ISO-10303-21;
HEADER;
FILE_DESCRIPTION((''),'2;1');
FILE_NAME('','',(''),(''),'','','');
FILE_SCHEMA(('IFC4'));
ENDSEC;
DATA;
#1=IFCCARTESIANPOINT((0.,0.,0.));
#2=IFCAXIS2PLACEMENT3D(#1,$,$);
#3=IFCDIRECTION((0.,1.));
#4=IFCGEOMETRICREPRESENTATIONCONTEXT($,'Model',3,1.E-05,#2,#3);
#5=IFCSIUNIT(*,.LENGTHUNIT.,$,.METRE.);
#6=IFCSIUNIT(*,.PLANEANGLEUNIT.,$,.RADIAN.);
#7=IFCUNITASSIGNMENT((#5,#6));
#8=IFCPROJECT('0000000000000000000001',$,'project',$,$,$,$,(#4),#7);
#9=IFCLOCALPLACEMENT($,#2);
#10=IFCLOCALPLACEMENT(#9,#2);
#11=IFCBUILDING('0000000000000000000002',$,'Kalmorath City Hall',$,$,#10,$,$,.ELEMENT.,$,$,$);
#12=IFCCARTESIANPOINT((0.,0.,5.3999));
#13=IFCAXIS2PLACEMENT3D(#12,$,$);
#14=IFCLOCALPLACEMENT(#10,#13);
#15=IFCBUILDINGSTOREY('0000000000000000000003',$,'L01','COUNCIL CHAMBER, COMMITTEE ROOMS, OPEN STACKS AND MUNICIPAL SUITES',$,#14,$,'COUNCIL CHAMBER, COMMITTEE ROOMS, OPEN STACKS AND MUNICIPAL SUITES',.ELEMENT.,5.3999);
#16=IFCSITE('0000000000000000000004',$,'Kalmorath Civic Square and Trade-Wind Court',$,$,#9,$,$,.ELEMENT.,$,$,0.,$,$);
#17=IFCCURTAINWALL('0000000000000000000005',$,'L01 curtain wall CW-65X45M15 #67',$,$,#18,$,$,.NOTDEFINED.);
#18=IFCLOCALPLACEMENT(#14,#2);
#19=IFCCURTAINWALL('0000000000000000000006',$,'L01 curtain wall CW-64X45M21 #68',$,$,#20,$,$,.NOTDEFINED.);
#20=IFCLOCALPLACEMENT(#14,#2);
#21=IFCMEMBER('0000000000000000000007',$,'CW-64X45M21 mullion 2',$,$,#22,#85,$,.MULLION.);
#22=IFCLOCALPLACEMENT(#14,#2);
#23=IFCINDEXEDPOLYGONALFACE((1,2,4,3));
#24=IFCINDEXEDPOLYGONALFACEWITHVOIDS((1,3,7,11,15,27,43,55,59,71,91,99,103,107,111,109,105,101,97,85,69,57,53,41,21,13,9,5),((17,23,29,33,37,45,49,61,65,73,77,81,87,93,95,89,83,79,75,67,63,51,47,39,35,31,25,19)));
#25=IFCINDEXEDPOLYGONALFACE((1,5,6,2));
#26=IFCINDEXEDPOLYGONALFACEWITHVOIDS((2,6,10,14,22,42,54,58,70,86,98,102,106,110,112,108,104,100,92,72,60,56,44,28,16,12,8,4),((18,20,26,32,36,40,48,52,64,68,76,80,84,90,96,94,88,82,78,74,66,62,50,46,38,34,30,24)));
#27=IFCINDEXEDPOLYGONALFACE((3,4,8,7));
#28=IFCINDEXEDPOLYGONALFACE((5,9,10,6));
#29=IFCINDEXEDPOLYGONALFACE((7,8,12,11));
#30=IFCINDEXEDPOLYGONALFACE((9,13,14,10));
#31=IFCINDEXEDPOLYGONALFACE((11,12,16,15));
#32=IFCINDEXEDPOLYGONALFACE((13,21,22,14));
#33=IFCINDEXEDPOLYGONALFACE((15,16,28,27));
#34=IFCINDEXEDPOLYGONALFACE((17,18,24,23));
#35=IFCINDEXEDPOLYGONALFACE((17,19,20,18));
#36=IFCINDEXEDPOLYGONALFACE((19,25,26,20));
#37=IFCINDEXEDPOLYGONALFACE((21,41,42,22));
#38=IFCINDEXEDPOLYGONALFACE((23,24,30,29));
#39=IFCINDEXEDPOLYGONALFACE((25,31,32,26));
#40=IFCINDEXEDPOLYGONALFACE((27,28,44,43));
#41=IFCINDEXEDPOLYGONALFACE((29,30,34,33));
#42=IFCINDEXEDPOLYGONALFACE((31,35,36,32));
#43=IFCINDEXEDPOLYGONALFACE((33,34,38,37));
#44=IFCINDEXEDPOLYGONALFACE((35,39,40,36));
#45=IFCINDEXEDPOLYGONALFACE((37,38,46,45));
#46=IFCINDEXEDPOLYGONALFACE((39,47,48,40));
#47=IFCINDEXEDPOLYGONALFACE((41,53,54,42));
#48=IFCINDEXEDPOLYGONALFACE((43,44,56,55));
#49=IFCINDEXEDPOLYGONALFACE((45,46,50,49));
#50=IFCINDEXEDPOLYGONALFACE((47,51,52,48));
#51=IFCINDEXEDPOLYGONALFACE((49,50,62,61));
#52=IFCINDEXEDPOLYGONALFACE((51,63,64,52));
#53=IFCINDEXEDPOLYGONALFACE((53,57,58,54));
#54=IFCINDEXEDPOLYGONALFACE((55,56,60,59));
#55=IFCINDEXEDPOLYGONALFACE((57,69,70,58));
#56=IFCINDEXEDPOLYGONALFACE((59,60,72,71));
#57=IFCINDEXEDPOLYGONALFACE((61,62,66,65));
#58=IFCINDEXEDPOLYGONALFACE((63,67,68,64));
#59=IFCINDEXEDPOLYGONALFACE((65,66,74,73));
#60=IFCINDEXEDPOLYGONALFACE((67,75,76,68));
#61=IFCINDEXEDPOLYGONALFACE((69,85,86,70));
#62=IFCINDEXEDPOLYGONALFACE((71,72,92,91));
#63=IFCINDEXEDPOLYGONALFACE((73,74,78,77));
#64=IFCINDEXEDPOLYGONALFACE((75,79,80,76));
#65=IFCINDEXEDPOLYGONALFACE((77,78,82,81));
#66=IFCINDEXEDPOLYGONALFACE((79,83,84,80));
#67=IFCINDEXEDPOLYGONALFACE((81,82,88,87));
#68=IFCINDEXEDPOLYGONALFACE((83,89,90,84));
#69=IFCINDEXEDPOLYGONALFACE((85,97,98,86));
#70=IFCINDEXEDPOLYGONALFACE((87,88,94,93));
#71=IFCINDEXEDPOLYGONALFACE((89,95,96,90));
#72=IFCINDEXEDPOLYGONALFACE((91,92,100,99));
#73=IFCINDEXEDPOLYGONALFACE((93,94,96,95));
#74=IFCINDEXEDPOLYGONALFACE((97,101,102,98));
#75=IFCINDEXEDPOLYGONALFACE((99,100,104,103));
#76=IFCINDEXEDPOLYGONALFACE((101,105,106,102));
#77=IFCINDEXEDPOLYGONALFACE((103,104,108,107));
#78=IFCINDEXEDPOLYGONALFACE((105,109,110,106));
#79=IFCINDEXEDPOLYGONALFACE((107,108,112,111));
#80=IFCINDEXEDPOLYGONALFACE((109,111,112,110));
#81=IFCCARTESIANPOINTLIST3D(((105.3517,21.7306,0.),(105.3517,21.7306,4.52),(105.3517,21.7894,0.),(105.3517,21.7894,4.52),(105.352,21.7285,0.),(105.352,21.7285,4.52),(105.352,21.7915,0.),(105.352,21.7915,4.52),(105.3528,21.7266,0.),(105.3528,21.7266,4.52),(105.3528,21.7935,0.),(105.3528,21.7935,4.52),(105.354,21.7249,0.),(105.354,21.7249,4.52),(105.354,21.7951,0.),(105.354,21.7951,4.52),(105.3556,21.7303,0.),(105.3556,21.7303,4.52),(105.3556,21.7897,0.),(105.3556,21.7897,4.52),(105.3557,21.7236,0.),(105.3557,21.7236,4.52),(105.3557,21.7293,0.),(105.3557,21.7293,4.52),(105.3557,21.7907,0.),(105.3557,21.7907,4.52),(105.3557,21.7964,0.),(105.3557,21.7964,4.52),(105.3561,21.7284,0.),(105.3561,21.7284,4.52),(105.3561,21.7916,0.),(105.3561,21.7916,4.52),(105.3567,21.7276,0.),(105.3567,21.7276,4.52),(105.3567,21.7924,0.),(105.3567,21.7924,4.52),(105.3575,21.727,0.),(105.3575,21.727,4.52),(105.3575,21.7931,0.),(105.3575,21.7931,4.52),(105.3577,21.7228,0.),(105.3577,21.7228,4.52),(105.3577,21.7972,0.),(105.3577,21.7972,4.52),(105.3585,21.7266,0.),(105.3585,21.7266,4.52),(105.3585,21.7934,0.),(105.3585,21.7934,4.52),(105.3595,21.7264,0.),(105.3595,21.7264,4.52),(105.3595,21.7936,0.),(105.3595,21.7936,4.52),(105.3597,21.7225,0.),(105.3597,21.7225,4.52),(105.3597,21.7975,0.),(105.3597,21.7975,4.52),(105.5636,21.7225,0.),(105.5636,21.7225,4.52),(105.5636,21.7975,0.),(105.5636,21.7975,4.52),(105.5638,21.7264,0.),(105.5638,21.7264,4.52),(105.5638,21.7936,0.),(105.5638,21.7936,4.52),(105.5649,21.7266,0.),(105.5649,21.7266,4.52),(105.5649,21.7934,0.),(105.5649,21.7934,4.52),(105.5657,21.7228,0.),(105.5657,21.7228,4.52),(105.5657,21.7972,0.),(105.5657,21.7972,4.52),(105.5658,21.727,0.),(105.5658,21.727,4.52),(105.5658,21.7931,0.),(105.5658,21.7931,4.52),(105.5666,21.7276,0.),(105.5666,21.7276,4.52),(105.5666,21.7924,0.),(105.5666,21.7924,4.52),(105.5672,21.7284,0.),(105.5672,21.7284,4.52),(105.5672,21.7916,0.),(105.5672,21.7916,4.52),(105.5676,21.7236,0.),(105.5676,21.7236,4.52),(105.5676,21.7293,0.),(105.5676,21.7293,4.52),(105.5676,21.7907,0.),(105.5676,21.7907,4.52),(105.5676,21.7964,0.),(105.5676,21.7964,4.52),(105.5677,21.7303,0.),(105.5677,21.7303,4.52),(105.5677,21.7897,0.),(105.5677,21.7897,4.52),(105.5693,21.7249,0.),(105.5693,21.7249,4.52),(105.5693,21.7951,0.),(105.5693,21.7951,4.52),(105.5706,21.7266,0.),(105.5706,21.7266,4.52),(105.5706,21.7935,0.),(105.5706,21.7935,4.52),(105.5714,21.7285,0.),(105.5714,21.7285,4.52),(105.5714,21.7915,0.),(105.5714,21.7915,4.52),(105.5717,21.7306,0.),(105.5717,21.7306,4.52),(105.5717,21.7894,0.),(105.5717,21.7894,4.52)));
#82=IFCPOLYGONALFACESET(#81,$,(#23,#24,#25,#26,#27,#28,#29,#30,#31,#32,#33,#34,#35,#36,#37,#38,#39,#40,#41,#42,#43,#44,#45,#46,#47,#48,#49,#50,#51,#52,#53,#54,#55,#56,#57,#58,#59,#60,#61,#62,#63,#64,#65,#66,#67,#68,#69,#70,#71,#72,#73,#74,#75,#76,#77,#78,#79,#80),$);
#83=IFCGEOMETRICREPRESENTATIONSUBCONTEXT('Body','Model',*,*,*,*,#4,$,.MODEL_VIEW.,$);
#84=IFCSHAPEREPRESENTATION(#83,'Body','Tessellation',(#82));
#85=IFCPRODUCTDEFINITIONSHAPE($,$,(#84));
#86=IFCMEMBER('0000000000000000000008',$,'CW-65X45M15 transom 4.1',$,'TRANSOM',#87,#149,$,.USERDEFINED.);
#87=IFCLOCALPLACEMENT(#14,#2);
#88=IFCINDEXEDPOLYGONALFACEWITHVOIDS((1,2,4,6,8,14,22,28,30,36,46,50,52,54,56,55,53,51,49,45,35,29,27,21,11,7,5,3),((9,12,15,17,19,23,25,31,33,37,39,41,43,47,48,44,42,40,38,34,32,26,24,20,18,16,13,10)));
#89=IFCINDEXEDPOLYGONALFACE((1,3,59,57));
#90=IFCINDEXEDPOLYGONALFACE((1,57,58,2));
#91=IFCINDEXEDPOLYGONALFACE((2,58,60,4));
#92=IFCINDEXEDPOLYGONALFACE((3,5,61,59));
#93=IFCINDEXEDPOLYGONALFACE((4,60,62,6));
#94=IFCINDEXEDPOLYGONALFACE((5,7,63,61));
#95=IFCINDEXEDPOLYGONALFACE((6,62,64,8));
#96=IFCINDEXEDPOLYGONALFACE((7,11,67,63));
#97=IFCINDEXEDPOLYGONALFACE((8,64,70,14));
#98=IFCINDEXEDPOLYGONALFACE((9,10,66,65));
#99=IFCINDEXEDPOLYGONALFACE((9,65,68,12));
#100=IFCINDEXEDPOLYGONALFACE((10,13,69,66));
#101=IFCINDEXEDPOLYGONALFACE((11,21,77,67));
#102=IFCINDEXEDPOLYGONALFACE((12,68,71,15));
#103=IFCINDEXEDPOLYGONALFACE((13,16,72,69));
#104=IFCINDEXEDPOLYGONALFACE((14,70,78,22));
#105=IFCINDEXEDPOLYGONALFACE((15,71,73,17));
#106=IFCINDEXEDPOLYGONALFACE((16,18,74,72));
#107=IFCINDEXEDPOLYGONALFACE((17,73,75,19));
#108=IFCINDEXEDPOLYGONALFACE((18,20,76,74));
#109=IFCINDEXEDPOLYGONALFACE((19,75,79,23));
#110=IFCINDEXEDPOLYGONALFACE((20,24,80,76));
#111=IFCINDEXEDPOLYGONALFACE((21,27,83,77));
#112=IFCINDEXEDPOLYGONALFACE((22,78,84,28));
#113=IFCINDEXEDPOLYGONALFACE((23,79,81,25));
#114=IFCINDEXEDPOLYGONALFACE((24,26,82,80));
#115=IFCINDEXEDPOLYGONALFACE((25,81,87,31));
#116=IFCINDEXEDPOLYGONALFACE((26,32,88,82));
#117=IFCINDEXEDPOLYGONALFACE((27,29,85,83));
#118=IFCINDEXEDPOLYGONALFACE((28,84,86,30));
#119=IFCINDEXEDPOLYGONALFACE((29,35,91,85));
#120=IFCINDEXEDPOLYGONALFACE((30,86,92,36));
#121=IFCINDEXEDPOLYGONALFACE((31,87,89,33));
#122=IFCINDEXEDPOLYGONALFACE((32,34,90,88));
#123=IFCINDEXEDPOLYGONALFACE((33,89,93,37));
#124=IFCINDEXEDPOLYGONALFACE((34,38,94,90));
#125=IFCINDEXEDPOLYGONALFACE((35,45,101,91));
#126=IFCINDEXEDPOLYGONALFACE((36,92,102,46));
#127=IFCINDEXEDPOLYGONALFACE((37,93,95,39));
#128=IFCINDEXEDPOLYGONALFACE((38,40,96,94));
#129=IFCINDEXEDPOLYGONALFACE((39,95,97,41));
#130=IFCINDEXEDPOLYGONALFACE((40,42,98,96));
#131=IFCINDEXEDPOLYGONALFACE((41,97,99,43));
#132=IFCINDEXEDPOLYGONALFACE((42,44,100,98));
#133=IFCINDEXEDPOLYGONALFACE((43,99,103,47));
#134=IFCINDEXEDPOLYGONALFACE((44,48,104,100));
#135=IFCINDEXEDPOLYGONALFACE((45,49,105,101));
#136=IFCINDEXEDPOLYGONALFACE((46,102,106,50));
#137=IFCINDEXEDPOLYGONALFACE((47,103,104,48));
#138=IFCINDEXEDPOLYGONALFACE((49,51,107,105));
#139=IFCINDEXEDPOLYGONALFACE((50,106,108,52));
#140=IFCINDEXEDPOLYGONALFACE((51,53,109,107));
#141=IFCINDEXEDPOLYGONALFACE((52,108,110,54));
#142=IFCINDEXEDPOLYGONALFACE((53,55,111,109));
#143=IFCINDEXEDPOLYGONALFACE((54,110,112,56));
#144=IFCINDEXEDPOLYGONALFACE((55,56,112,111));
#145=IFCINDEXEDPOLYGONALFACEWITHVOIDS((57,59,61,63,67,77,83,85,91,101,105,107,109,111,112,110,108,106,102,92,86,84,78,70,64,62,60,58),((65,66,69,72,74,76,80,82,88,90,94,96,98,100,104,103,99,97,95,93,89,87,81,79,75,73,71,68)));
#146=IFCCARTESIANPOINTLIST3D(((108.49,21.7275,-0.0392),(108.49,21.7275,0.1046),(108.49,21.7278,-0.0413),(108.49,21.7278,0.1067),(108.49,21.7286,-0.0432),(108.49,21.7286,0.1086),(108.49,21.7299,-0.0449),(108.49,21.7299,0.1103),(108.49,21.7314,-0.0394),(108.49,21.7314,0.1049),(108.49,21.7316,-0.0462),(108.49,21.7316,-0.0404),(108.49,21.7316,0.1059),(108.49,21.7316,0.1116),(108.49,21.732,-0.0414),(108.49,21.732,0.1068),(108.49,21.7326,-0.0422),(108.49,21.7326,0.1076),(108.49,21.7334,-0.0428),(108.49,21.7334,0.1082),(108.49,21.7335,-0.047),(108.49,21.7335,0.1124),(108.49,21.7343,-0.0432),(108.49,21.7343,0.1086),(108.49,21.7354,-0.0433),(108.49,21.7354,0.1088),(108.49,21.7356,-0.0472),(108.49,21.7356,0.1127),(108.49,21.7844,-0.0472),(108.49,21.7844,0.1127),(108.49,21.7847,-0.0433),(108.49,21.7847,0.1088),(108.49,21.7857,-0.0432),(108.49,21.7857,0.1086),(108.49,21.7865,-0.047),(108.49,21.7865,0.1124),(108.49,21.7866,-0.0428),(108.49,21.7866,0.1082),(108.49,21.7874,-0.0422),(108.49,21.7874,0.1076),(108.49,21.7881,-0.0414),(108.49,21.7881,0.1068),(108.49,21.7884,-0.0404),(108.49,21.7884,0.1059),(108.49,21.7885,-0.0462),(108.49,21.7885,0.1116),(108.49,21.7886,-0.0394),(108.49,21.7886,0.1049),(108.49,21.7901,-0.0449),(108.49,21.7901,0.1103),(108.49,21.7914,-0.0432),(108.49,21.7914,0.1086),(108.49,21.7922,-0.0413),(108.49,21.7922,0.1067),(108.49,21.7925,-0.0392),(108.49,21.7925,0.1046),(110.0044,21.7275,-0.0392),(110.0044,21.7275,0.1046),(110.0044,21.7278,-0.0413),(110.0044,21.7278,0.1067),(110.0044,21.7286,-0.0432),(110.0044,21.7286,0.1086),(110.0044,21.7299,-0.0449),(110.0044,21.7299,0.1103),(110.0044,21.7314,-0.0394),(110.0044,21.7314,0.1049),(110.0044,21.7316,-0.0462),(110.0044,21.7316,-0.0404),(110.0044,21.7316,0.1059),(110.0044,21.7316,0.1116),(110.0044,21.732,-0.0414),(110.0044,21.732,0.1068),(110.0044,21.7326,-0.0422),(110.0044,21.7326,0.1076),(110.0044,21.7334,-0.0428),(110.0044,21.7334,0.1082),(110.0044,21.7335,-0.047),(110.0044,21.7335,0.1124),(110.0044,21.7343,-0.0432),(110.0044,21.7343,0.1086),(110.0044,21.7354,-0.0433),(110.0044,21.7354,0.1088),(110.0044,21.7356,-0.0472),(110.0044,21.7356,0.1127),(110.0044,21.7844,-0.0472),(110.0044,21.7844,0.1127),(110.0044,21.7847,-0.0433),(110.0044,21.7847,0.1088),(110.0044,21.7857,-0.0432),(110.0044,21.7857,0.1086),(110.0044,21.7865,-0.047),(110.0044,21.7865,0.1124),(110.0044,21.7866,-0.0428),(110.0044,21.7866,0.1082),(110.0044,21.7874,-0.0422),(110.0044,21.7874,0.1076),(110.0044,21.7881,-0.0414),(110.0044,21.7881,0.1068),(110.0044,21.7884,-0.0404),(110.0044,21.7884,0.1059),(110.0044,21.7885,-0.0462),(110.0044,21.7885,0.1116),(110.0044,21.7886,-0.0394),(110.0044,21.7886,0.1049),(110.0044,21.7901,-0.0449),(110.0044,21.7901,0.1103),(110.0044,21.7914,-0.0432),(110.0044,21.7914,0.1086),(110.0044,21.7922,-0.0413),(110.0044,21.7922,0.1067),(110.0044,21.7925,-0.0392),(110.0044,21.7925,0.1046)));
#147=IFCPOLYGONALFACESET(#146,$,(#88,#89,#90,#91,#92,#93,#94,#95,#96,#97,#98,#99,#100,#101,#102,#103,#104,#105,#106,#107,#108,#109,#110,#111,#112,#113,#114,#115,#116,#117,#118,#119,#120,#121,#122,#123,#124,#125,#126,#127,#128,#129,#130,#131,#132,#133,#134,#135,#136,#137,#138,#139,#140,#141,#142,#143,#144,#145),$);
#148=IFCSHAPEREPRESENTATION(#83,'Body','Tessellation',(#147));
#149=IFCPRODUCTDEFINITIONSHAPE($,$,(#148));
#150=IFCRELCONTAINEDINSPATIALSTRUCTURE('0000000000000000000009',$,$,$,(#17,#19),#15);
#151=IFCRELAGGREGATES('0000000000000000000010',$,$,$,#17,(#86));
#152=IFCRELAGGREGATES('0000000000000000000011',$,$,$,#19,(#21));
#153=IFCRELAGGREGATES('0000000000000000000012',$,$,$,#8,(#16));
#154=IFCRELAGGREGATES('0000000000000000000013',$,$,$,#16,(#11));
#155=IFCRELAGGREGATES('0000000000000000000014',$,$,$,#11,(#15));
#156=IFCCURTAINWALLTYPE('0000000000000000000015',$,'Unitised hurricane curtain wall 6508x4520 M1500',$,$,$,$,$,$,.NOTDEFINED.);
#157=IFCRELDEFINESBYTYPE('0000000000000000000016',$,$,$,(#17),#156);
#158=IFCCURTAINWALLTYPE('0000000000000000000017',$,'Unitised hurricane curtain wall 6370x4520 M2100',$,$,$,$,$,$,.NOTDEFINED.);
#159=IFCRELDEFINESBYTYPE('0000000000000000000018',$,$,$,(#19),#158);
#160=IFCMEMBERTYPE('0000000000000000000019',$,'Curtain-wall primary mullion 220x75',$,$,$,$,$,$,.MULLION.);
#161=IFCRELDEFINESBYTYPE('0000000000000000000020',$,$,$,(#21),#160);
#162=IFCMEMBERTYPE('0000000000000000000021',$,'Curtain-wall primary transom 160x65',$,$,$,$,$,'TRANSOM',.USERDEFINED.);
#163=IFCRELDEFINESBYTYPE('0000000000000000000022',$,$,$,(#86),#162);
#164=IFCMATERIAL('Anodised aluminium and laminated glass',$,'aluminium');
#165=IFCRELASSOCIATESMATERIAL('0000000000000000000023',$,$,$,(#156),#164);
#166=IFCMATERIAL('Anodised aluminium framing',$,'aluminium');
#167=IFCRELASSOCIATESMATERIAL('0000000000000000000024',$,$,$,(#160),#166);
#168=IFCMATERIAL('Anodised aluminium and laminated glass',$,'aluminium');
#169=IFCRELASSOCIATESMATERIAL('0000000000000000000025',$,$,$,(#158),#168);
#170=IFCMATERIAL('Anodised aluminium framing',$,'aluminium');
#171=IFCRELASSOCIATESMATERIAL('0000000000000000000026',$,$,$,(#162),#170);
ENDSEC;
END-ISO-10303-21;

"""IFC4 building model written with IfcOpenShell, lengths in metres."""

from ifc_helpers import new_model, si_unit, direction, frame, origin, origin_2d, place, context, subcontext, project, spatial, hollow_rectangle, extrude, material, material_profile, profile_set, type_object, element, aggregate, save


model = new_model("IFC4")

# Units and contexts
model_context = context("Model", 3, precision=1e-05, world=origin(), true_north=direction((0.0, 1.0)))
body_context = subcontext(model_context, "Body", "Model", "MODEL_VIEW")
ifc_project = project(units=[si_unit("LENGTHUNIT", "METRE"), si_unit("PLANEANGLEUNIT", "RADIAN")], contexts=[model_context])

# Site, building, storey
site_placement = place(None, origin())
site = spatial("IfcSite", under=ifc_project, at=site_placement, Name="Kalmorath Civic Square and Trade-Wind Court", CompositionType="ELEMENT", RefElevation=0.0)
building_placement = place(site_placement, origin())
building = spatial("IfcBuilding", under=site, at=building_placement, Name="Kalmorath City Hall", CompositionType="ELEMENT")
storey_placement = place(building_placement, frame((0.0, 0.0, 5.3999)))
storey = spatial("IfcBuildingStorey", under=building, at=storey_placement, Name="L01", Description="COUNCIL CHAMBER, COMMITTEE ROOMS, OPEN STACKS AND MUNICIPAL SUITES", LongName="COUNCIL CHAMBER, COMMITTEE ROOMS, OPEN STACKS AND MUNICIPAL SUITES", CompositionType="ELEMENT", Elevation=5.3999)

# Curtain wall
ifc_material_1 = material(Name="Anodised aluminium and laminated glass", Category="aluminium")
curtain_wall_type_1 = type_object("IfcCurtainWallType", Name="Unitised hurricane curtain wall 6508x4520 M1500", PredefinedType="NOTDEFINED", material=ifc_material_1)
curtain_wall_1_placement = place(storey_placement, origin())
curtain_wall_1 = element("IfcCurtainWall", 1, at=curtain_wall_1_placement, inside=storey, type_object=curtain_wall_type_1, Name="L01 curtain wall CW-65X45M15 #67", PredefinedType="NOTDEFINED")
ifc_material_2 = material(Name="Anodised aluminium framing", Category="aluminium")
ifc_material_profile_1 = material_profile(ifc_material_2, hollow_rectangle(XDim=0.075, YDim=0.22, WallThickness=0.0039, InnerFilletRadius=0.0039, OuterFilletRadius=0.0081, at=origin_2d()), Name="ALU-MUL-220X75X4")
ifc_profile_set_1 = profile_set([ifc_material_profile_1], Name="Anodised aluminium framing")
member_type_1 = type_object("IfcMemberType", Name="Curtain-wall primary mullion 220x75", PredefinedType="MULLION", material=ifc_profile_set_1)

# Curtain wall, member
ifc_material_3 = material(Name="Anodised aluminium and laminated glass", Category="aluminium")
curtain_wall_type_2 = type_object("IfcCurtainWallType", Name="Unitised hurricane curtain wall 6370x4520 M2100", PredefinedType="NOTDEFINED", material=ifc_material_3)
curtain_wall_2_placement = place(storey_placement, origin())
curtain_wall_2 = element("IfcCurtainWall", 2, at=curtain_wall_2_placement, inside=storey, type_object=curtain_wall_type_2, Name="L01 curtain wall CW-64X45M21 #68", PredefinedType="NOTDEFINED")
member_1_placement = place(storey_placement, frame((105.4617, 21.76, 0.0), z_axis=(0.0, 0.0, 1.0), x_axis=(0.0, -1.0, 0.0)))
member_1 = element("IfcMember", 3, at=member_1_placement, type_object=member_type_1, Name="CW-64X45M21 mullion 2", PredefinedType="MULLION", context=body_context, shape_type="SweptSolid", body=[
    extrude(hollow_rectangle(XDim=0.075, YDim=0.22, WallThickness=0.0039, InnerFilletRadius=0.0039, OuterFilletRadius=0.0081, at=origin_2d()), origin(), (0.0, 0.0, 1.0), 4.52),
])

# Member
ifc_material_4 = material(Name="Anodised aluminium framing", Category="aluminium")
ifc_material_profile_2 = material_profile(ifc_material_4, hollow_rectangle(XDim=0.0649, YDim=0.1599, WallThickness=0.0039, InnerFilletRadius=0.0039, OuterFilletRadius=0.0081, at=origin_2d()), Name="ALU-TRN-160X65X4")
ifc_profile_set_2 = profile_set([ifc_material_profile_2], Name="Anodised aluminium framing")
member_type_2 = type_object("IfcMemberType", Name="Curtain-wall primary transom 160x65", ElementType="TRANSOM", PredefinedType="USERDEFINED", material=ifc_profile_set_2)
member_2_placement = place(storey_placement, frame((110.0044, 21.76, 0.0327), z_axis=(-1.0, 0.0, 0.0), x_axis=(0.0, -1.0, 0.0)))
member_2 = element("IfcMember", 4, at=member_2_placement, type_object=member_type_2, Name="CW-65X45M15 transom 4.1", ObjectType="TRANSOM", PredefinedType="USERDEFINED", context=body_context, shape_type="SweptSolid", body=[
    extrude(hollow_rectangle(XDim=0.0649, YDim=0.1599, WallThickness=0.0039, InnerFilletRadius=0.0039, OuterFilletRadius=0.0081, at=origin_2d()), origin(), (0.0, 0.0, 1.0), 1.5144),
])

aggregate(curtain_wall_1, [member_2])
aggregate(curtain_wall_2, [member_1])

save(model, "model.ifc")
